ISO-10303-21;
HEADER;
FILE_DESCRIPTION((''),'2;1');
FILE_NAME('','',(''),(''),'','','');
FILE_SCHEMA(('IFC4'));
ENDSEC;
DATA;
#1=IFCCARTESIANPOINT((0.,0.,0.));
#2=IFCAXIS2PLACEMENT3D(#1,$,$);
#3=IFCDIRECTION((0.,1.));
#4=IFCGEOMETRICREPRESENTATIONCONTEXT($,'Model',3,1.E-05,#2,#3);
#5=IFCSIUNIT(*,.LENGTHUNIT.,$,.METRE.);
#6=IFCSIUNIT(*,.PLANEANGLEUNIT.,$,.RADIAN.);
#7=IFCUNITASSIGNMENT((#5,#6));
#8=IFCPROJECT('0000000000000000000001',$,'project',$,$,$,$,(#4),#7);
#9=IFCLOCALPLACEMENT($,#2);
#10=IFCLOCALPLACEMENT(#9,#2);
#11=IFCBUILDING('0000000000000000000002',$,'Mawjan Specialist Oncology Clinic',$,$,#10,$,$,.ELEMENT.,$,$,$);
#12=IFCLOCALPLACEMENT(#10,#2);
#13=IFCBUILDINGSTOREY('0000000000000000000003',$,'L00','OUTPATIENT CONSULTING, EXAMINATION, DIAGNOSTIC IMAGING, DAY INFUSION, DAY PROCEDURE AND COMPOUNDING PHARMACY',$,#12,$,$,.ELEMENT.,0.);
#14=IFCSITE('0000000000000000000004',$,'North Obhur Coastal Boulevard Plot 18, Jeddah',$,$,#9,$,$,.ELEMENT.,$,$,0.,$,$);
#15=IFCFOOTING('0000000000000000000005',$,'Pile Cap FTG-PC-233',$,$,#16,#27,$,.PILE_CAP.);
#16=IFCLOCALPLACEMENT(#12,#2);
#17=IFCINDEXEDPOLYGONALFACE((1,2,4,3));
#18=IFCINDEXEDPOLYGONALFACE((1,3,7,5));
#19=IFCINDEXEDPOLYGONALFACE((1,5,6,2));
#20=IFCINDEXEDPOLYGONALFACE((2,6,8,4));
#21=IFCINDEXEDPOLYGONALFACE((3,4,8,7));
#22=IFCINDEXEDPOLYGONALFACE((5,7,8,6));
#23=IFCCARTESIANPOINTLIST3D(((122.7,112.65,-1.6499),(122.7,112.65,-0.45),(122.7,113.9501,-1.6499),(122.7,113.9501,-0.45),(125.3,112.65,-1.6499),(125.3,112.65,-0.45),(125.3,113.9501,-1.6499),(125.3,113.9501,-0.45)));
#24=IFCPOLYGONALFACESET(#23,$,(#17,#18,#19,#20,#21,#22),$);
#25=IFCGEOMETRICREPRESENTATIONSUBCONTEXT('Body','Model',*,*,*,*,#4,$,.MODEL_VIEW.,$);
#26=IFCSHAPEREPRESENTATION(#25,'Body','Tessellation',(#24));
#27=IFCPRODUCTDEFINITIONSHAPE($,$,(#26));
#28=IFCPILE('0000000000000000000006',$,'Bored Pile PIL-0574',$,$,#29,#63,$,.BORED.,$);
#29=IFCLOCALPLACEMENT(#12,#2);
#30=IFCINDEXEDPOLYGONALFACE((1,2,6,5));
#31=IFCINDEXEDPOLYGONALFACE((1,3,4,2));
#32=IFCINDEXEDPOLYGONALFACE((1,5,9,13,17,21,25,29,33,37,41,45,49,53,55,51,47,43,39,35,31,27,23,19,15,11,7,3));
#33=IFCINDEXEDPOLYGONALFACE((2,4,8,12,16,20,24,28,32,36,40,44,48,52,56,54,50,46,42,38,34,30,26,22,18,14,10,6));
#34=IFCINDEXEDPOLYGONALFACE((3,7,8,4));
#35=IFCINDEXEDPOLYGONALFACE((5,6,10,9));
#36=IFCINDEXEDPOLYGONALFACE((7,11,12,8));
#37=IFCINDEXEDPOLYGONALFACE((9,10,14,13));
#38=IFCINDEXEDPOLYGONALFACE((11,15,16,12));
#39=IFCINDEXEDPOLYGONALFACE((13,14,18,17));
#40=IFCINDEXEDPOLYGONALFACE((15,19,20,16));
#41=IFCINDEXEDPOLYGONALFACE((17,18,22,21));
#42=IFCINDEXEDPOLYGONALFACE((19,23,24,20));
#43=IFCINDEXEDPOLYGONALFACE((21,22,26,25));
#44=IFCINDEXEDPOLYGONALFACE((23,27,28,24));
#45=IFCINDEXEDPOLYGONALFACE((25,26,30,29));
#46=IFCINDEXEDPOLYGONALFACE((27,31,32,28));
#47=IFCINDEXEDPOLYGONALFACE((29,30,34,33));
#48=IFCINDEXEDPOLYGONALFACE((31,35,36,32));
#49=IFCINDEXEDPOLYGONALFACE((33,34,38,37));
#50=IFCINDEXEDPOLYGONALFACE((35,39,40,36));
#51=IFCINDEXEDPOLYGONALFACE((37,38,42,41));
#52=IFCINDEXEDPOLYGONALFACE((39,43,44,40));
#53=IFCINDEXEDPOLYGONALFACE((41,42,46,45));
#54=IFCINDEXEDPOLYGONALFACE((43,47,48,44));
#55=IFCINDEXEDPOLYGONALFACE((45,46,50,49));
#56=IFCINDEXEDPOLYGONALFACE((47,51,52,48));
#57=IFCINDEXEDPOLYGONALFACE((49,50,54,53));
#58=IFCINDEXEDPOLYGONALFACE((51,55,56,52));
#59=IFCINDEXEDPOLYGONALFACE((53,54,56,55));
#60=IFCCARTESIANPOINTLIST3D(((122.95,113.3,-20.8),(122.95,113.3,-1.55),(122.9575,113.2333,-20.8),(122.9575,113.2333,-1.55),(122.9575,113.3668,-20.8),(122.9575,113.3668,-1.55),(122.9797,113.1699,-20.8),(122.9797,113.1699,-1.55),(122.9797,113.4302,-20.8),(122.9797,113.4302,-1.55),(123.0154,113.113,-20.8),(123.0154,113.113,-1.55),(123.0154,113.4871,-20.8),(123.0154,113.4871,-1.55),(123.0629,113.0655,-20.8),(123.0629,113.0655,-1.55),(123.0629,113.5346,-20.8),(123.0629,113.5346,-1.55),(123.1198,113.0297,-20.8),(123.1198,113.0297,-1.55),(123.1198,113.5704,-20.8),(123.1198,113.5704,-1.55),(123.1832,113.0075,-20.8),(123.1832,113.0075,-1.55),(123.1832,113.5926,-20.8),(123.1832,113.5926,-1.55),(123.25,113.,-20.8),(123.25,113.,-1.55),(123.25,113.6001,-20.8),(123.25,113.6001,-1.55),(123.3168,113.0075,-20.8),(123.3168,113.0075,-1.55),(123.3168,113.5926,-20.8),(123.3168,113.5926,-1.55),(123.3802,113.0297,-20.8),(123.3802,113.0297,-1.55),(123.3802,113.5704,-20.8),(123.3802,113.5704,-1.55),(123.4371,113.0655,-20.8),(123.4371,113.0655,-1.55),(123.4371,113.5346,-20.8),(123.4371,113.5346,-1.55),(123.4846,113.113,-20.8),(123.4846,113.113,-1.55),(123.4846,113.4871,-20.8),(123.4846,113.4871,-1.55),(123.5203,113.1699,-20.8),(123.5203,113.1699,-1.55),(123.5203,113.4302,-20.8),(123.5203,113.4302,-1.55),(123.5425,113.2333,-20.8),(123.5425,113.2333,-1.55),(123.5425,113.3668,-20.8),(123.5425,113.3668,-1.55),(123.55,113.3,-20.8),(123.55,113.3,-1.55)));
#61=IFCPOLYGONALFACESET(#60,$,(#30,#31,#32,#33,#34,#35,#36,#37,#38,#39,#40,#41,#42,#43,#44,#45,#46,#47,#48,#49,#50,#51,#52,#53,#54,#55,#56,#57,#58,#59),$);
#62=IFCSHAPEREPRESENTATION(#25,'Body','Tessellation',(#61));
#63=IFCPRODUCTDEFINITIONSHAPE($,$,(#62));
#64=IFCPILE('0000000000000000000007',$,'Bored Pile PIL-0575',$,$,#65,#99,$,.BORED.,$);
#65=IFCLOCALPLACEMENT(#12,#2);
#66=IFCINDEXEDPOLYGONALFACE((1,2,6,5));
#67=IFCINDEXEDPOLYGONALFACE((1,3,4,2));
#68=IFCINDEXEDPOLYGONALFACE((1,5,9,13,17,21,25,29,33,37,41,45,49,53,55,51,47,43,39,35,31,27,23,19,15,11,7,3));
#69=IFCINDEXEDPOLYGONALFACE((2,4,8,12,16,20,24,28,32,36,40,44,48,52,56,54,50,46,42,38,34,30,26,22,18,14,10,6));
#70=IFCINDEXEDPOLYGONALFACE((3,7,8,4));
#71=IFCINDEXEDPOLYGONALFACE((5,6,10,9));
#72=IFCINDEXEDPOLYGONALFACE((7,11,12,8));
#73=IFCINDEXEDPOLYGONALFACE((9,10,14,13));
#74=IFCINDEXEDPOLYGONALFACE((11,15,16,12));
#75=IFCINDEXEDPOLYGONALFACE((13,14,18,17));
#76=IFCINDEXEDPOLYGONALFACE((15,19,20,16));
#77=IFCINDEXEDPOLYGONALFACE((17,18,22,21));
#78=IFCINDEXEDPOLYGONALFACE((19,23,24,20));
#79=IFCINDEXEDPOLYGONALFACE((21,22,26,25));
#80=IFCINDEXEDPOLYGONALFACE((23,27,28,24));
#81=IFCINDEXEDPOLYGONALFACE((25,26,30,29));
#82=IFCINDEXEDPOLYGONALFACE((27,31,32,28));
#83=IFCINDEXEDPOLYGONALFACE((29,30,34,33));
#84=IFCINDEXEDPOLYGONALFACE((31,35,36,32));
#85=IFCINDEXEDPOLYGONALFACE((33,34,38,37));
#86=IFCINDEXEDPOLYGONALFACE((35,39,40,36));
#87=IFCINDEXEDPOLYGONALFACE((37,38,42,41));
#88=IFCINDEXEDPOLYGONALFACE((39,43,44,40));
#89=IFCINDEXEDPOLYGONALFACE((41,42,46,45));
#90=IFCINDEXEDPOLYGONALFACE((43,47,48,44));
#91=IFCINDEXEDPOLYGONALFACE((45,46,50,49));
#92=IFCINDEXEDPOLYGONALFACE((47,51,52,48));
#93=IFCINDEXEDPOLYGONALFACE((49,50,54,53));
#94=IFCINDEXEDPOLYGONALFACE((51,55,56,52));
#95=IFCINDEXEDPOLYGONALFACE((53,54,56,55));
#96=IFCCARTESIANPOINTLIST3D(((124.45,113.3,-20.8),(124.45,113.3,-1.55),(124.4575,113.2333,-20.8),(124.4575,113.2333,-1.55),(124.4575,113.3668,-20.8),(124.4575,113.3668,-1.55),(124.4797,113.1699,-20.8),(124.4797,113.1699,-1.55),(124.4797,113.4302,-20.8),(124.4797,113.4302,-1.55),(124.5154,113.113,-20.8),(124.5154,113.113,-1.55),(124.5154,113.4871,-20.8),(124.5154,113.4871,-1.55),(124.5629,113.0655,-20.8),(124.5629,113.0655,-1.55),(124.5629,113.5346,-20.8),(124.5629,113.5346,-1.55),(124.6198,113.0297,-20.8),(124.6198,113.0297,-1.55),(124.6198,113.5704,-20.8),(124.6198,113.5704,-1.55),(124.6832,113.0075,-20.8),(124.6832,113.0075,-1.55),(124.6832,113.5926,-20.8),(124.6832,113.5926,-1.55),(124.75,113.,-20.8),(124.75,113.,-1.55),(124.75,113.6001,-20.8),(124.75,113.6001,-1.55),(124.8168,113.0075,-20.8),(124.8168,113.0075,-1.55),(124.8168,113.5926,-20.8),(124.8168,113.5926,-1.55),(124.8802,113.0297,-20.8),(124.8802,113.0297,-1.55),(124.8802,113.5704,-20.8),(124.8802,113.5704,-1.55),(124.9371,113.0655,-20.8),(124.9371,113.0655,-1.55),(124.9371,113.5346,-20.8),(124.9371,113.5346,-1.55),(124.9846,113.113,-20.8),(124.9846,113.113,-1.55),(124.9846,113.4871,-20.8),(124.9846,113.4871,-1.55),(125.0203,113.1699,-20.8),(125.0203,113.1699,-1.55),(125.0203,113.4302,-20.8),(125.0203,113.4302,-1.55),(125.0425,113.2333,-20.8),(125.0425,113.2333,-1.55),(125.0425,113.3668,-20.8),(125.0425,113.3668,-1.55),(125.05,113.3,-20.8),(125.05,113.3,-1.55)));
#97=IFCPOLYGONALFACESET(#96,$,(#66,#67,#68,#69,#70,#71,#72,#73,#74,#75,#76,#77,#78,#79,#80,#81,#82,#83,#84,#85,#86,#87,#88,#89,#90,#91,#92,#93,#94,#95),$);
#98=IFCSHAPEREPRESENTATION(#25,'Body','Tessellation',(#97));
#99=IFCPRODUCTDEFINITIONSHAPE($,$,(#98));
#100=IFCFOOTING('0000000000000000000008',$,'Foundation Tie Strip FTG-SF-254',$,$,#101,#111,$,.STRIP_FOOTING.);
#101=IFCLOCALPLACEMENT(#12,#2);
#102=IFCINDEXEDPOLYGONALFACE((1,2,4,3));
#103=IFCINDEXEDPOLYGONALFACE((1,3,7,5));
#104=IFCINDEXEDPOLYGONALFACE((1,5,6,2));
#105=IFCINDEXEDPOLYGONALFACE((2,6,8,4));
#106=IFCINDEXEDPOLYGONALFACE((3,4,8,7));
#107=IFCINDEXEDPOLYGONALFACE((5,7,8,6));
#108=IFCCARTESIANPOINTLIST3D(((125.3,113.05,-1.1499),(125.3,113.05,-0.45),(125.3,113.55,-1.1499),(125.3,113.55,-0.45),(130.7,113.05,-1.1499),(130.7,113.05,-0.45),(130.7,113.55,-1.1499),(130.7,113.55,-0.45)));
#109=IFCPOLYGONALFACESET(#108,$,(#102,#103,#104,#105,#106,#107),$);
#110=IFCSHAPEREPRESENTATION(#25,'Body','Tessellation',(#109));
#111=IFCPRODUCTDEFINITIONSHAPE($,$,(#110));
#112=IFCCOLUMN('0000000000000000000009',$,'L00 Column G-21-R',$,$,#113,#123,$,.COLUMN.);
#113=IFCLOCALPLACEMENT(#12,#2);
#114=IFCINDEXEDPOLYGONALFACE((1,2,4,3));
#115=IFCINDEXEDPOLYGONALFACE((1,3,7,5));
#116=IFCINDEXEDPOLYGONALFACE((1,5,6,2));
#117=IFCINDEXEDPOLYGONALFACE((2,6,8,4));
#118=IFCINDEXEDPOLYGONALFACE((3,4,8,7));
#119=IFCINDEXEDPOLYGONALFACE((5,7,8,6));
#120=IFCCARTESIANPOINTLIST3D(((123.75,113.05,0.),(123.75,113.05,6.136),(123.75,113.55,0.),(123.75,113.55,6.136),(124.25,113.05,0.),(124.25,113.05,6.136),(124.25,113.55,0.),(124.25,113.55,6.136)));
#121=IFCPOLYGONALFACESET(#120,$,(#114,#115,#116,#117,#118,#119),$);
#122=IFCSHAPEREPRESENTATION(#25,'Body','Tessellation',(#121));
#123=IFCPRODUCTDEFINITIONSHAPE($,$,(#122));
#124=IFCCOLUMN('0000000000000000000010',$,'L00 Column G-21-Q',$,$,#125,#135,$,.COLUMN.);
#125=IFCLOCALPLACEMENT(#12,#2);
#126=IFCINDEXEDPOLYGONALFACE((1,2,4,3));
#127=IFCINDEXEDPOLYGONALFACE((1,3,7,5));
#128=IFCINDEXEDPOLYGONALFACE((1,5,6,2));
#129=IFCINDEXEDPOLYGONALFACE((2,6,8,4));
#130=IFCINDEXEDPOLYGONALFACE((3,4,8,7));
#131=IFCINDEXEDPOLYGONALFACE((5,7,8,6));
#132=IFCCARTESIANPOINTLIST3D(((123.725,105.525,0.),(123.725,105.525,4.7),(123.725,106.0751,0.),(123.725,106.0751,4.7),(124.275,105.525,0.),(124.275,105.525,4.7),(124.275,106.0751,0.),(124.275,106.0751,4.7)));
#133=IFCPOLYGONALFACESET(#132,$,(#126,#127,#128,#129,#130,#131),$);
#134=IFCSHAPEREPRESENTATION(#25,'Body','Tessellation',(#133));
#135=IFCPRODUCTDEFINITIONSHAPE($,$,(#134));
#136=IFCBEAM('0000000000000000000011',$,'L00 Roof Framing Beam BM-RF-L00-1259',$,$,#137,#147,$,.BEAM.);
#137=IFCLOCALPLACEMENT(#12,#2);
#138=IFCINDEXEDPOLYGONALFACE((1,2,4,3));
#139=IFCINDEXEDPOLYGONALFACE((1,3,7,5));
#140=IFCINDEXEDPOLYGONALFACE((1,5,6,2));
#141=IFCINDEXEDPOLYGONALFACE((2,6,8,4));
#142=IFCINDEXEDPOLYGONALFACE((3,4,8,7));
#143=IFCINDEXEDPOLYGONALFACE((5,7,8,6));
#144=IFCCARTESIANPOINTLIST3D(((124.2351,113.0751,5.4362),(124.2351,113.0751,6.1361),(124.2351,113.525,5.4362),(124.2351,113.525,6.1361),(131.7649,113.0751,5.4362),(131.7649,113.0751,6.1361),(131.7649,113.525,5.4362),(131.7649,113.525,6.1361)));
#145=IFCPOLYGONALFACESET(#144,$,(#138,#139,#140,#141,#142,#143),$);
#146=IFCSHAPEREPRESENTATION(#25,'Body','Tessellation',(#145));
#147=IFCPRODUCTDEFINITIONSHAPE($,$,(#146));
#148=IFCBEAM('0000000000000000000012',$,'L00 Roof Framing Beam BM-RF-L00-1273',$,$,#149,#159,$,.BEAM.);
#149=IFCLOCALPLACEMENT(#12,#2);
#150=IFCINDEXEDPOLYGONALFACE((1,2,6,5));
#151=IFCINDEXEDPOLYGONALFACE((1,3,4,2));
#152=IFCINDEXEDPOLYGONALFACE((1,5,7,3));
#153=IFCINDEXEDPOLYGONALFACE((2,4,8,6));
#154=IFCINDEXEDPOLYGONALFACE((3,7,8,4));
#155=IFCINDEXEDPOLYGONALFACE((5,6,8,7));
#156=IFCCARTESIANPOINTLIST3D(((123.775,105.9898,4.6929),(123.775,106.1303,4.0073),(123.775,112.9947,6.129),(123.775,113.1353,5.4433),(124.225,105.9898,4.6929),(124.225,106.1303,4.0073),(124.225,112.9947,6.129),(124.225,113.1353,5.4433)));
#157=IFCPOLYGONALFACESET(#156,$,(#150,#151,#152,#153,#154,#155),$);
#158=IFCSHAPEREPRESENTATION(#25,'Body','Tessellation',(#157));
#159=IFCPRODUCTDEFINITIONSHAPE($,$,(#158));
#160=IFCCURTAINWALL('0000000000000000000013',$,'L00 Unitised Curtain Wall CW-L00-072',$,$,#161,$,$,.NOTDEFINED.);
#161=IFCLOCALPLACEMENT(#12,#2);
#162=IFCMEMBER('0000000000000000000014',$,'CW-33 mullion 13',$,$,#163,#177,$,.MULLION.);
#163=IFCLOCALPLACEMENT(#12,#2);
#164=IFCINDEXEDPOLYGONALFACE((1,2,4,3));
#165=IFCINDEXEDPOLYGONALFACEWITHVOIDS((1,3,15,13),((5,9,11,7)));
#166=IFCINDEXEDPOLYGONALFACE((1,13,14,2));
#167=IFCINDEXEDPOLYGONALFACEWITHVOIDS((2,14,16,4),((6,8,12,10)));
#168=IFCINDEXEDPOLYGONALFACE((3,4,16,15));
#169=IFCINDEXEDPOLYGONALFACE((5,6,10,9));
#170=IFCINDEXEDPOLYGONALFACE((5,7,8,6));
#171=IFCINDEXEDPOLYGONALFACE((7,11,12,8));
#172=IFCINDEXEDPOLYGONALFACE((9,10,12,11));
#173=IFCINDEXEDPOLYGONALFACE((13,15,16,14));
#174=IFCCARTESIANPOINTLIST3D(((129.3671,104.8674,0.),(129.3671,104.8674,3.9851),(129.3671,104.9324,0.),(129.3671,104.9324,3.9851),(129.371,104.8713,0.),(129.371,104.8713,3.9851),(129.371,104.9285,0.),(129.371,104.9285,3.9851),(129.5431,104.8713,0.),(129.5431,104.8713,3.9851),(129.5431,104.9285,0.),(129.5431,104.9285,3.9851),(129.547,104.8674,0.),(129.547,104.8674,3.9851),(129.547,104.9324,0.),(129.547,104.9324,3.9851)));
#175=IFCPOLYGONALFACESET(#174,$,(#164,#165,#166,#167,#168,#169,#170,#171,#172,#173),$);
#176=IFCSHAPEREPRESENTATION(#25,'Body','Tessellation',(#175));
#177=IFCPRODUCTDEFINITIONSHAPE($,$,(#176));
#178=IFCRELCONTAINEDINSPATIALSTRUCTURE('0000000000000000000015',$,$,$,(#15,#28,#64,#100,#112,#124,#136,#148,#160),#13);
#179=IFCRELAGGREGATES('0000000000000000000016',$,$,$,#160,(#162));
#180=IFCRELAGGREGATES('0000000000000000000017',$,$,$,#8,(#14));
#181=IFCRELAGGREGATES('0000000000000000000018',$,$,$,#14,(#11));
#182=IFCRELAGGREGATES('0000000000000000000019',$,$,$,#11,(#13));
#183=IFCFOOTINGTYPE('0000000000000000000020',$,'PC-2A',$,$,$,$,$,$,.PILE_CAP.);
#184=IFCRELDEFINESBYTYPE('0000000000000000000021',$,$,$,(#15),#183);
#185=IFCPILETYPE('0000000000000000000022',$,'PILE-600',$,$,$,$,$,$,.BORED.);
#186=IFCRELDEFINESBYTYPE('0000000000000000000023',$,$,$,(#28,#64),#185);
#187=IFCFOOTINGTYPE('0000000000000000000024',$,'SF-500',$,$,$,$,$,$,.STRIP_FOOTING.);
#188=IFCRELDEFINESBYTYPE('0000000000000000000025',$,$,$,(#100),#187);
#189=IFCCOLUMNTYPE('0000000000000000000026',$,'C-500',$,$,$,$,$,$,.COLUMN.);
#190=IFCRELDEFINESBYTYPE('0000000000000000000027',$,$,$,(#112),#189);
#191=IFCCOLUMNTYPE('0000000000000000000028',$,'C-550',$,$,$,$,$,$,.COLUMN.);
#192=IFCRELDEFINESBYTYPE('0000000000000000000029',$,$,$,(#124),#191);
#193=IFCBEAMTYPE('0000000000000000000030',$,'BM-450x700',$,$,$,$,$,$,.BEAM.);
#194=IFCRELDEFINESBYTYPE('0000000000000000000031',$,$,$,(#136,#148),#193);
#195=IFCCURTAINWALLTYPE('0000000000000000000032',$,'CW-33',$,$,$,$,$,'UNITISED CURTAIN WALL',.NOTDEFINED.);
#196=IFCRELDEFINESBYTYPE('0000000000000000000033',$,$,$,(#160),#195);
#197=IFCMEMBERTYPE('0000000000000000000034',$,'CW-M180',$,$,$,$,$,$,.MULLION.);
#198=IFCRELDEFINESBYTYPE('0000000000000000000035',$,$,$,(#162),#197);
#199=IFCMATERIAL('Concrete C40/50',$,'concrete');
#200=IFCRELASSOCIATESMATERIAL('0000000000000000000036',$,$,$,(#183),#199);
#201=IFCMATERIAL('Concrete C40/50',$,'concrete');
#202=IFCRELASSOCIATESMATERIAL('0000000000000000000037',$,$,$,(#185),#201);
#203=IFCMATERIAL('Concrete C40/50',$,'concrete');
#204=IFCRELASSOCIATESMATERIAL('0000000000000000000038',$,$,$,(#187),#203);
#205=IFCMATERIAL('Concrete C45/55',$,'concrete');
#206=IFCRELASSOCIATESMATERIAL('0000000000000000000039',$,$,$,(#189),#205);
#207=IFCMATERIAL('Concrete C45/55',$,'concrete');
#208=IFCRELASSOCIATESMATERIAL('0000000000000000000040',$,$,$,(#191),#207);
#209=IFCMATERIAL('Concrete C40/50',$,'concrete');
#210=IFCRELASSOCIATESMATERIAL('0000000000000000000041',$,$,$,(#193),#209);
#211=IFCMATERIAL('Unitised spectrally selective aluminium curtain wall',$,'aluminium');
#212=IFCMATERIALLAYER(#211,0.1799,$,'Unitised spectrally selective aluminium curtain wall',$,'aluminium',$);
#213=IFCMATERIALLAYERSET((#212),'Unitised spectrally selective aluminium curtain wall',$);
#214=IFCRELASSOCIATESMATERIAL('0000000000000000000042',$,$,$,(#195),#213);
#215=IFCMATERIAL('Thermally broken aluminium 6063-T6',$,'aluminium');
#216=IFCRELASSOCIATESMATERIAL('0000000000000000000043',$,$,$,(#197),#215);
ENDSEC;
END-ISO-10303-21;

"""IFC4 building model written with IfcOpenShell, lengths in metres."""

from ifc_helpers import new_model, si_unit, direction, frame, origin, origin_2d, place, context, subcontext, project, spatial, rectangle, hollow_rectangle, circle, extrude, material, layer, layer_set, material_profile, profile_set, type_object, element, aggregate, save


model = new_model("IFC4")

# Units and contexts
model_context = context("Model", 3, precision=1e-05, world=origin(), true_north=direction((0.0, 1.0)))
body_context = subcontext(model_context, "Body", "Model", "MODEL_VIEW")
ifc_project = project(units=[si_unit("LENGTHUNIT", "METRE"), si_unit("PLANEANGLEUNIT", "RADIAN")], contexts=[model_context])

# Site, building, storey
site_placement = place(None, origin())
site = spatial("IfcSite", under=ifc_project, at=site_placement, Name="North Obhur Coastal Boulevard Plot 18, Jeddah", CompositionType="ELEMENT", RefElevation=0.0)
building_placement = place(site_placement, origin())
building = spatial("IfcBuilding", under=site, at=building_placement, Name="Mawjan Specialist Oncology Clinic", CompositionType="ELEMENT")
storey_placement = place(building_placement, origin())
storey = spatial("IfcBuildingStorey", under=building, at=storey_placement, Name="L00", Description="OUTPATIENT CONSULTING, EXAMINATION, DIAGNOSTIC IMAGING, DAY INFUSION, DAY PROCEDURE AND COMPOUNDING PHARMACY", CompositionType="ELEMENT", Elevation=0.0)

# Footing
ifc_material_1 = material(Name="Concrete C40/50", Category="concrete")
footing_type_1 = type_object("IfcFootingType", Name="PC-2A", PredefinedType="PILE_CAP", material=ifc_material_1)
footing_1_placement = place(storey_placement, frame((124.0, 113.3, -1.6499), z_axis=(0.0, 0.0, 1.0), x_axis=(1.0, 0.0, 0.0)))
element("IfcFooting", 1, at=footing_1_placement, inside=storey, type_object=footing_type_1, Name="Pile Cap FTG-PC-233", PredefinedType="PILE_CAP", context=body_context, shape_type="SweptSolid", body=[
    extrude(rectangle(XDim=2.6001, YDim=1.3, at=origin_2d()), origin(), (0.0, 0.0, 1.0), 1.2),
])

# Piles
ifc_material_2 = material(Name="Concrete C40/50", Category="concrete")
ifc_material_profile_1 = material_profile(ifc_material_2, circle(Radius=0.3, at=origin_2d()), Name="BORED PILE D600", Category="concrete")
ifc_profile_set_1 = profile_set([ifc_material_profile_1], Name="Concrete C40/50")
pile_type = type_object("IfcPileType", Name="PILE-600", PredefinedType="BORED", material=ifc_profile_set_1)
for number, where, z_axis, x_axis, name in (
    (2, (123.25, 113.3, -1.55), (0.0, 0.0, -1.0), (1.0, 0.0, 0.0), "Bored Pile PIL-0574"),
    (3, (124.75, 113.3, -1.55), (0.0, 0.0, -1.0), (1.0, 0.0, 0.0), "Bored Pile PIL-0575"),
):
    element("IfcPile", number, at=place(storey_placement, frame(where, z_axis=z_axis, x_axis=x_axis)), inside=storey, type_object=pile_type, Name=name, PredefinedType="BORED", context=body_context, shape_type="SweptSolid", body=[
        extrude(circle(Radius=0.3, at=origin_2d()), origin(), (0.0, 0.0, 1.0), 19.25),
    ])

# Footing
ifc_material_3 = material(Name="Concrete C40/50", Category="concrete")
footing_type_2 = type_object("IfcFootingType", Name="SF-500", PredefinedType="STRIP_FOOTING", material=ifc_material_3)
footing_2_placement = place(storey_placement, frame((128.0, 113.3, -1.1499), z_axis=(0.0, 0.0, 1.0), x_axis=(1.0, 0.0, 0.0)))
element("IfcFooting", 4, at=footing_2_placement, inside=storey, type_object=footing_type_2, Name="Foundation Tie Strip FTG-SF-254", PredefinedType="STRIP_FOOTING", context=body_context, shape_type="SweptSolid", body=[
    extrude(rectangle(XDim=5.3999, YDim=0.5, at=origin_2d()), origin(), (0.0, 0.0, 1.0), 0.7),
])

# Columns
ifc_material_4 = material(Name="Concrete C45/55", Category="concrete")
ifc_material_profile_2 = material_profile(ifc_material_4, rectangle(XDim=0.5, YDim=0.5, at=origin_2d()), Name="RC COL 500x500", Category="concrete")
ifc_profile_set_2 = profile_set([ifc_material_profile_2], Name="Concrete C45/55")
column_type_1 = type_object("IfcColumnType", Name="C-500", PredefinedType="COLUMN", material=ifc_profile_set_2)
column_1_placement = place(storey_placement, frame((124.0, 113.3, 0.0), z_axis=(0.0, 0.0, 1.0), x_axis=(1.0, 0.0, 0.0)))
element("IfcColumn", 5, at=column_1_placement, inside=storey, type_object=column_type_1, Name="L00 Column G-21-R", PredefinedType="COLUMN", context=body_context, shape_type="SweptSolid", body=[
    extrude(rectangle(XDim=0.5, YDim=0.5, at=origin_2d()), origin(), (0.0, 0.0, 1.0), 6.136),
])
ifc_material_5 = material(Name="Concrete C45/55", Category="concrete")
ifc_material_profile_3 = material_profile(ifc_material_5, rectangle(XDim=0.55, YDim=0.55, at=origin_2d()), Name="RC COL 550x550", Category="concrete")
ifc_profile_set_3 = profile_set([ifc_material_profile_3], Name="Concrete C45/55")
column_type_2 = type_object("IfcColumnType", Name="C-550", PredefinedType="COLUMN", material=ifc_profile_set_3)
column_2_placement = place(storey_placement, frame((124.0, 105.8, 0.0), z_axis=(0.0, 0.0, 1.0), x_axis=(1.0, 0.0, 0.0)))
element("IfcColumn", 6, at=column_2_placement, inside=storey, type_object=column_type_2, Name="L00 Column G-21-Q", PredefinedType="COLUMN", context=body_context, shape_type="SweptSolid", body=[
    extrude(rectangle(XDim=0.55, YDim=0.55, at=origin_2d()), origin(), (0.0, 0.0, 1.0), 4.7),
])

# Beams
ifc_material_6 = material(Name="Concrete C40/50", Category="concrete")
ifc_material_profile_4 = material_profile(ifc_material_6, rectangle(XDim=0.45, YDim=0.7, at=origin_2d()), Name="RC BM 450x700", Category="concrete")
ifc_profile_set_4 = profile_set([ifc_material_profile_4], Name="Concrete C40/50")
beam_type_1 = type_object("IfcBeamType", Name="BM-450x700", PredefinedType="BEAM", material=ifc_profile_set_4)
beam_1_placement = place(storey_placement, frame((124.2351, 113.3, 5.7861), z_axis=(1.0, 0.0, 0.0), x_axis=(0.0, 1.0, 0.0)))
element("IfcBeam", 7, at=beam_1_placement, inside=storey, type_object=beam_type_1, Name="L00 Roof Framing Beam BM-RF-L00-1259", PredefinedType="BEAM", context=body_context, shape_type="SweptSolid", body=[
    extrude(rectangle(XDim=0.45, YDim=0.7, at=origin_2d()), origin(), (0.0, 0.0, 1.0), 7.5298),
])
beam_2_placement = place(storey_placement, frame((124.0, 106.0601, 4.3501), z_axis=(0.0, 0.979626, 0.200828), x_axis=(-1.0, 0.0, 0.0)))
element("IfcBeam", 8, at=beam_2_placement, inside=storey, type_object=beam_type_1, Name="L00 Roof Framing Beam BM-RF-L00-1273", PredefinedType="BEAM", context=body_context, shape_type="SweptSolid", body=[
    extrude(rectangle(XDim=0.45, YDim=0.7, at=origin_2d()), origin(), (0.0, 0.0, 1.0), 7.1506),
])

# Curtain wall, member
ifc_material_7 = material(Name="Unitised spectrally selective aluminium curtain wall", Category="aluminium")
ifc_layer_1 = layer(ifc_material_7, 0.1799, Name="Unitised spectrally selective aluminium curtain wall", Category="aluminium")
ifc_layer_set_1 = layer_set([ifc_layer_1], Name="Unitised spectrally selective aluminium curtain wall")
curtain_wall_type_1 = type_object("IfcCurtainWallType", Name="CW-33", ElementType="UNITISED CURTAIN WALL", PredefinedType="NOTDEFINED", material=ifc_layer_set_1)
curtain_wall_1_placement = place(storey_placement, origin())
curtain_wall_1 = element("IfcCurtainWall", 9, at=curtain_wall_1_placement, inside=storey, type_object=curtain_wall_type_1, Name="L00 Unitised Curtain Wall CW-L00-072", PredefinedType="NOTDEFINED")
ifc_material_8 = material(Name="Thermally broken aluminium 6063-T6", Category="aluminium")
ifc_material_profile_5 = material_profile(ifc_material_8, hollow_rectangle(XDim=0.0649, YDim=0.1799, WallThickness=0.0039, at=origin_2d()), Name="ALU MULLION 180x65x4", Category="aluminium")
ifc_profile_set_5 = profile_set([ifc_material_profile_5], Name="Thermally broken aluminium 6063-T6")
member_type_1 = type_object("IfcMemberType", Name="CW-M180", PredefinedType="MULLION", material=ifc_profile_set_5)
member_1_placement = place(storey_placement, frame((129.457, 104.8999, 0.0), z_axis=(0.0, 0.0, 1.0), x_axis=(0.0, -1.0, 0.0)))
member_1 = element("IfcMember", 10, at=member_1_placement, type_object=member_type_1, Name="CW-33 mullion 13", PredefinedType="MULLION", context=body_context, shape_type="SweptSolid", body=[
    extrude(hollow_rectangle(XDim=0.0649, YDim=0.1799, WallThickness=0.0039, at=origin_2d()), origin(), (0.0, 0.0, 1.0), 3.9851),
])

aggregate(curtain_wall_1, [member_1])

save(model, "model.ifc")
